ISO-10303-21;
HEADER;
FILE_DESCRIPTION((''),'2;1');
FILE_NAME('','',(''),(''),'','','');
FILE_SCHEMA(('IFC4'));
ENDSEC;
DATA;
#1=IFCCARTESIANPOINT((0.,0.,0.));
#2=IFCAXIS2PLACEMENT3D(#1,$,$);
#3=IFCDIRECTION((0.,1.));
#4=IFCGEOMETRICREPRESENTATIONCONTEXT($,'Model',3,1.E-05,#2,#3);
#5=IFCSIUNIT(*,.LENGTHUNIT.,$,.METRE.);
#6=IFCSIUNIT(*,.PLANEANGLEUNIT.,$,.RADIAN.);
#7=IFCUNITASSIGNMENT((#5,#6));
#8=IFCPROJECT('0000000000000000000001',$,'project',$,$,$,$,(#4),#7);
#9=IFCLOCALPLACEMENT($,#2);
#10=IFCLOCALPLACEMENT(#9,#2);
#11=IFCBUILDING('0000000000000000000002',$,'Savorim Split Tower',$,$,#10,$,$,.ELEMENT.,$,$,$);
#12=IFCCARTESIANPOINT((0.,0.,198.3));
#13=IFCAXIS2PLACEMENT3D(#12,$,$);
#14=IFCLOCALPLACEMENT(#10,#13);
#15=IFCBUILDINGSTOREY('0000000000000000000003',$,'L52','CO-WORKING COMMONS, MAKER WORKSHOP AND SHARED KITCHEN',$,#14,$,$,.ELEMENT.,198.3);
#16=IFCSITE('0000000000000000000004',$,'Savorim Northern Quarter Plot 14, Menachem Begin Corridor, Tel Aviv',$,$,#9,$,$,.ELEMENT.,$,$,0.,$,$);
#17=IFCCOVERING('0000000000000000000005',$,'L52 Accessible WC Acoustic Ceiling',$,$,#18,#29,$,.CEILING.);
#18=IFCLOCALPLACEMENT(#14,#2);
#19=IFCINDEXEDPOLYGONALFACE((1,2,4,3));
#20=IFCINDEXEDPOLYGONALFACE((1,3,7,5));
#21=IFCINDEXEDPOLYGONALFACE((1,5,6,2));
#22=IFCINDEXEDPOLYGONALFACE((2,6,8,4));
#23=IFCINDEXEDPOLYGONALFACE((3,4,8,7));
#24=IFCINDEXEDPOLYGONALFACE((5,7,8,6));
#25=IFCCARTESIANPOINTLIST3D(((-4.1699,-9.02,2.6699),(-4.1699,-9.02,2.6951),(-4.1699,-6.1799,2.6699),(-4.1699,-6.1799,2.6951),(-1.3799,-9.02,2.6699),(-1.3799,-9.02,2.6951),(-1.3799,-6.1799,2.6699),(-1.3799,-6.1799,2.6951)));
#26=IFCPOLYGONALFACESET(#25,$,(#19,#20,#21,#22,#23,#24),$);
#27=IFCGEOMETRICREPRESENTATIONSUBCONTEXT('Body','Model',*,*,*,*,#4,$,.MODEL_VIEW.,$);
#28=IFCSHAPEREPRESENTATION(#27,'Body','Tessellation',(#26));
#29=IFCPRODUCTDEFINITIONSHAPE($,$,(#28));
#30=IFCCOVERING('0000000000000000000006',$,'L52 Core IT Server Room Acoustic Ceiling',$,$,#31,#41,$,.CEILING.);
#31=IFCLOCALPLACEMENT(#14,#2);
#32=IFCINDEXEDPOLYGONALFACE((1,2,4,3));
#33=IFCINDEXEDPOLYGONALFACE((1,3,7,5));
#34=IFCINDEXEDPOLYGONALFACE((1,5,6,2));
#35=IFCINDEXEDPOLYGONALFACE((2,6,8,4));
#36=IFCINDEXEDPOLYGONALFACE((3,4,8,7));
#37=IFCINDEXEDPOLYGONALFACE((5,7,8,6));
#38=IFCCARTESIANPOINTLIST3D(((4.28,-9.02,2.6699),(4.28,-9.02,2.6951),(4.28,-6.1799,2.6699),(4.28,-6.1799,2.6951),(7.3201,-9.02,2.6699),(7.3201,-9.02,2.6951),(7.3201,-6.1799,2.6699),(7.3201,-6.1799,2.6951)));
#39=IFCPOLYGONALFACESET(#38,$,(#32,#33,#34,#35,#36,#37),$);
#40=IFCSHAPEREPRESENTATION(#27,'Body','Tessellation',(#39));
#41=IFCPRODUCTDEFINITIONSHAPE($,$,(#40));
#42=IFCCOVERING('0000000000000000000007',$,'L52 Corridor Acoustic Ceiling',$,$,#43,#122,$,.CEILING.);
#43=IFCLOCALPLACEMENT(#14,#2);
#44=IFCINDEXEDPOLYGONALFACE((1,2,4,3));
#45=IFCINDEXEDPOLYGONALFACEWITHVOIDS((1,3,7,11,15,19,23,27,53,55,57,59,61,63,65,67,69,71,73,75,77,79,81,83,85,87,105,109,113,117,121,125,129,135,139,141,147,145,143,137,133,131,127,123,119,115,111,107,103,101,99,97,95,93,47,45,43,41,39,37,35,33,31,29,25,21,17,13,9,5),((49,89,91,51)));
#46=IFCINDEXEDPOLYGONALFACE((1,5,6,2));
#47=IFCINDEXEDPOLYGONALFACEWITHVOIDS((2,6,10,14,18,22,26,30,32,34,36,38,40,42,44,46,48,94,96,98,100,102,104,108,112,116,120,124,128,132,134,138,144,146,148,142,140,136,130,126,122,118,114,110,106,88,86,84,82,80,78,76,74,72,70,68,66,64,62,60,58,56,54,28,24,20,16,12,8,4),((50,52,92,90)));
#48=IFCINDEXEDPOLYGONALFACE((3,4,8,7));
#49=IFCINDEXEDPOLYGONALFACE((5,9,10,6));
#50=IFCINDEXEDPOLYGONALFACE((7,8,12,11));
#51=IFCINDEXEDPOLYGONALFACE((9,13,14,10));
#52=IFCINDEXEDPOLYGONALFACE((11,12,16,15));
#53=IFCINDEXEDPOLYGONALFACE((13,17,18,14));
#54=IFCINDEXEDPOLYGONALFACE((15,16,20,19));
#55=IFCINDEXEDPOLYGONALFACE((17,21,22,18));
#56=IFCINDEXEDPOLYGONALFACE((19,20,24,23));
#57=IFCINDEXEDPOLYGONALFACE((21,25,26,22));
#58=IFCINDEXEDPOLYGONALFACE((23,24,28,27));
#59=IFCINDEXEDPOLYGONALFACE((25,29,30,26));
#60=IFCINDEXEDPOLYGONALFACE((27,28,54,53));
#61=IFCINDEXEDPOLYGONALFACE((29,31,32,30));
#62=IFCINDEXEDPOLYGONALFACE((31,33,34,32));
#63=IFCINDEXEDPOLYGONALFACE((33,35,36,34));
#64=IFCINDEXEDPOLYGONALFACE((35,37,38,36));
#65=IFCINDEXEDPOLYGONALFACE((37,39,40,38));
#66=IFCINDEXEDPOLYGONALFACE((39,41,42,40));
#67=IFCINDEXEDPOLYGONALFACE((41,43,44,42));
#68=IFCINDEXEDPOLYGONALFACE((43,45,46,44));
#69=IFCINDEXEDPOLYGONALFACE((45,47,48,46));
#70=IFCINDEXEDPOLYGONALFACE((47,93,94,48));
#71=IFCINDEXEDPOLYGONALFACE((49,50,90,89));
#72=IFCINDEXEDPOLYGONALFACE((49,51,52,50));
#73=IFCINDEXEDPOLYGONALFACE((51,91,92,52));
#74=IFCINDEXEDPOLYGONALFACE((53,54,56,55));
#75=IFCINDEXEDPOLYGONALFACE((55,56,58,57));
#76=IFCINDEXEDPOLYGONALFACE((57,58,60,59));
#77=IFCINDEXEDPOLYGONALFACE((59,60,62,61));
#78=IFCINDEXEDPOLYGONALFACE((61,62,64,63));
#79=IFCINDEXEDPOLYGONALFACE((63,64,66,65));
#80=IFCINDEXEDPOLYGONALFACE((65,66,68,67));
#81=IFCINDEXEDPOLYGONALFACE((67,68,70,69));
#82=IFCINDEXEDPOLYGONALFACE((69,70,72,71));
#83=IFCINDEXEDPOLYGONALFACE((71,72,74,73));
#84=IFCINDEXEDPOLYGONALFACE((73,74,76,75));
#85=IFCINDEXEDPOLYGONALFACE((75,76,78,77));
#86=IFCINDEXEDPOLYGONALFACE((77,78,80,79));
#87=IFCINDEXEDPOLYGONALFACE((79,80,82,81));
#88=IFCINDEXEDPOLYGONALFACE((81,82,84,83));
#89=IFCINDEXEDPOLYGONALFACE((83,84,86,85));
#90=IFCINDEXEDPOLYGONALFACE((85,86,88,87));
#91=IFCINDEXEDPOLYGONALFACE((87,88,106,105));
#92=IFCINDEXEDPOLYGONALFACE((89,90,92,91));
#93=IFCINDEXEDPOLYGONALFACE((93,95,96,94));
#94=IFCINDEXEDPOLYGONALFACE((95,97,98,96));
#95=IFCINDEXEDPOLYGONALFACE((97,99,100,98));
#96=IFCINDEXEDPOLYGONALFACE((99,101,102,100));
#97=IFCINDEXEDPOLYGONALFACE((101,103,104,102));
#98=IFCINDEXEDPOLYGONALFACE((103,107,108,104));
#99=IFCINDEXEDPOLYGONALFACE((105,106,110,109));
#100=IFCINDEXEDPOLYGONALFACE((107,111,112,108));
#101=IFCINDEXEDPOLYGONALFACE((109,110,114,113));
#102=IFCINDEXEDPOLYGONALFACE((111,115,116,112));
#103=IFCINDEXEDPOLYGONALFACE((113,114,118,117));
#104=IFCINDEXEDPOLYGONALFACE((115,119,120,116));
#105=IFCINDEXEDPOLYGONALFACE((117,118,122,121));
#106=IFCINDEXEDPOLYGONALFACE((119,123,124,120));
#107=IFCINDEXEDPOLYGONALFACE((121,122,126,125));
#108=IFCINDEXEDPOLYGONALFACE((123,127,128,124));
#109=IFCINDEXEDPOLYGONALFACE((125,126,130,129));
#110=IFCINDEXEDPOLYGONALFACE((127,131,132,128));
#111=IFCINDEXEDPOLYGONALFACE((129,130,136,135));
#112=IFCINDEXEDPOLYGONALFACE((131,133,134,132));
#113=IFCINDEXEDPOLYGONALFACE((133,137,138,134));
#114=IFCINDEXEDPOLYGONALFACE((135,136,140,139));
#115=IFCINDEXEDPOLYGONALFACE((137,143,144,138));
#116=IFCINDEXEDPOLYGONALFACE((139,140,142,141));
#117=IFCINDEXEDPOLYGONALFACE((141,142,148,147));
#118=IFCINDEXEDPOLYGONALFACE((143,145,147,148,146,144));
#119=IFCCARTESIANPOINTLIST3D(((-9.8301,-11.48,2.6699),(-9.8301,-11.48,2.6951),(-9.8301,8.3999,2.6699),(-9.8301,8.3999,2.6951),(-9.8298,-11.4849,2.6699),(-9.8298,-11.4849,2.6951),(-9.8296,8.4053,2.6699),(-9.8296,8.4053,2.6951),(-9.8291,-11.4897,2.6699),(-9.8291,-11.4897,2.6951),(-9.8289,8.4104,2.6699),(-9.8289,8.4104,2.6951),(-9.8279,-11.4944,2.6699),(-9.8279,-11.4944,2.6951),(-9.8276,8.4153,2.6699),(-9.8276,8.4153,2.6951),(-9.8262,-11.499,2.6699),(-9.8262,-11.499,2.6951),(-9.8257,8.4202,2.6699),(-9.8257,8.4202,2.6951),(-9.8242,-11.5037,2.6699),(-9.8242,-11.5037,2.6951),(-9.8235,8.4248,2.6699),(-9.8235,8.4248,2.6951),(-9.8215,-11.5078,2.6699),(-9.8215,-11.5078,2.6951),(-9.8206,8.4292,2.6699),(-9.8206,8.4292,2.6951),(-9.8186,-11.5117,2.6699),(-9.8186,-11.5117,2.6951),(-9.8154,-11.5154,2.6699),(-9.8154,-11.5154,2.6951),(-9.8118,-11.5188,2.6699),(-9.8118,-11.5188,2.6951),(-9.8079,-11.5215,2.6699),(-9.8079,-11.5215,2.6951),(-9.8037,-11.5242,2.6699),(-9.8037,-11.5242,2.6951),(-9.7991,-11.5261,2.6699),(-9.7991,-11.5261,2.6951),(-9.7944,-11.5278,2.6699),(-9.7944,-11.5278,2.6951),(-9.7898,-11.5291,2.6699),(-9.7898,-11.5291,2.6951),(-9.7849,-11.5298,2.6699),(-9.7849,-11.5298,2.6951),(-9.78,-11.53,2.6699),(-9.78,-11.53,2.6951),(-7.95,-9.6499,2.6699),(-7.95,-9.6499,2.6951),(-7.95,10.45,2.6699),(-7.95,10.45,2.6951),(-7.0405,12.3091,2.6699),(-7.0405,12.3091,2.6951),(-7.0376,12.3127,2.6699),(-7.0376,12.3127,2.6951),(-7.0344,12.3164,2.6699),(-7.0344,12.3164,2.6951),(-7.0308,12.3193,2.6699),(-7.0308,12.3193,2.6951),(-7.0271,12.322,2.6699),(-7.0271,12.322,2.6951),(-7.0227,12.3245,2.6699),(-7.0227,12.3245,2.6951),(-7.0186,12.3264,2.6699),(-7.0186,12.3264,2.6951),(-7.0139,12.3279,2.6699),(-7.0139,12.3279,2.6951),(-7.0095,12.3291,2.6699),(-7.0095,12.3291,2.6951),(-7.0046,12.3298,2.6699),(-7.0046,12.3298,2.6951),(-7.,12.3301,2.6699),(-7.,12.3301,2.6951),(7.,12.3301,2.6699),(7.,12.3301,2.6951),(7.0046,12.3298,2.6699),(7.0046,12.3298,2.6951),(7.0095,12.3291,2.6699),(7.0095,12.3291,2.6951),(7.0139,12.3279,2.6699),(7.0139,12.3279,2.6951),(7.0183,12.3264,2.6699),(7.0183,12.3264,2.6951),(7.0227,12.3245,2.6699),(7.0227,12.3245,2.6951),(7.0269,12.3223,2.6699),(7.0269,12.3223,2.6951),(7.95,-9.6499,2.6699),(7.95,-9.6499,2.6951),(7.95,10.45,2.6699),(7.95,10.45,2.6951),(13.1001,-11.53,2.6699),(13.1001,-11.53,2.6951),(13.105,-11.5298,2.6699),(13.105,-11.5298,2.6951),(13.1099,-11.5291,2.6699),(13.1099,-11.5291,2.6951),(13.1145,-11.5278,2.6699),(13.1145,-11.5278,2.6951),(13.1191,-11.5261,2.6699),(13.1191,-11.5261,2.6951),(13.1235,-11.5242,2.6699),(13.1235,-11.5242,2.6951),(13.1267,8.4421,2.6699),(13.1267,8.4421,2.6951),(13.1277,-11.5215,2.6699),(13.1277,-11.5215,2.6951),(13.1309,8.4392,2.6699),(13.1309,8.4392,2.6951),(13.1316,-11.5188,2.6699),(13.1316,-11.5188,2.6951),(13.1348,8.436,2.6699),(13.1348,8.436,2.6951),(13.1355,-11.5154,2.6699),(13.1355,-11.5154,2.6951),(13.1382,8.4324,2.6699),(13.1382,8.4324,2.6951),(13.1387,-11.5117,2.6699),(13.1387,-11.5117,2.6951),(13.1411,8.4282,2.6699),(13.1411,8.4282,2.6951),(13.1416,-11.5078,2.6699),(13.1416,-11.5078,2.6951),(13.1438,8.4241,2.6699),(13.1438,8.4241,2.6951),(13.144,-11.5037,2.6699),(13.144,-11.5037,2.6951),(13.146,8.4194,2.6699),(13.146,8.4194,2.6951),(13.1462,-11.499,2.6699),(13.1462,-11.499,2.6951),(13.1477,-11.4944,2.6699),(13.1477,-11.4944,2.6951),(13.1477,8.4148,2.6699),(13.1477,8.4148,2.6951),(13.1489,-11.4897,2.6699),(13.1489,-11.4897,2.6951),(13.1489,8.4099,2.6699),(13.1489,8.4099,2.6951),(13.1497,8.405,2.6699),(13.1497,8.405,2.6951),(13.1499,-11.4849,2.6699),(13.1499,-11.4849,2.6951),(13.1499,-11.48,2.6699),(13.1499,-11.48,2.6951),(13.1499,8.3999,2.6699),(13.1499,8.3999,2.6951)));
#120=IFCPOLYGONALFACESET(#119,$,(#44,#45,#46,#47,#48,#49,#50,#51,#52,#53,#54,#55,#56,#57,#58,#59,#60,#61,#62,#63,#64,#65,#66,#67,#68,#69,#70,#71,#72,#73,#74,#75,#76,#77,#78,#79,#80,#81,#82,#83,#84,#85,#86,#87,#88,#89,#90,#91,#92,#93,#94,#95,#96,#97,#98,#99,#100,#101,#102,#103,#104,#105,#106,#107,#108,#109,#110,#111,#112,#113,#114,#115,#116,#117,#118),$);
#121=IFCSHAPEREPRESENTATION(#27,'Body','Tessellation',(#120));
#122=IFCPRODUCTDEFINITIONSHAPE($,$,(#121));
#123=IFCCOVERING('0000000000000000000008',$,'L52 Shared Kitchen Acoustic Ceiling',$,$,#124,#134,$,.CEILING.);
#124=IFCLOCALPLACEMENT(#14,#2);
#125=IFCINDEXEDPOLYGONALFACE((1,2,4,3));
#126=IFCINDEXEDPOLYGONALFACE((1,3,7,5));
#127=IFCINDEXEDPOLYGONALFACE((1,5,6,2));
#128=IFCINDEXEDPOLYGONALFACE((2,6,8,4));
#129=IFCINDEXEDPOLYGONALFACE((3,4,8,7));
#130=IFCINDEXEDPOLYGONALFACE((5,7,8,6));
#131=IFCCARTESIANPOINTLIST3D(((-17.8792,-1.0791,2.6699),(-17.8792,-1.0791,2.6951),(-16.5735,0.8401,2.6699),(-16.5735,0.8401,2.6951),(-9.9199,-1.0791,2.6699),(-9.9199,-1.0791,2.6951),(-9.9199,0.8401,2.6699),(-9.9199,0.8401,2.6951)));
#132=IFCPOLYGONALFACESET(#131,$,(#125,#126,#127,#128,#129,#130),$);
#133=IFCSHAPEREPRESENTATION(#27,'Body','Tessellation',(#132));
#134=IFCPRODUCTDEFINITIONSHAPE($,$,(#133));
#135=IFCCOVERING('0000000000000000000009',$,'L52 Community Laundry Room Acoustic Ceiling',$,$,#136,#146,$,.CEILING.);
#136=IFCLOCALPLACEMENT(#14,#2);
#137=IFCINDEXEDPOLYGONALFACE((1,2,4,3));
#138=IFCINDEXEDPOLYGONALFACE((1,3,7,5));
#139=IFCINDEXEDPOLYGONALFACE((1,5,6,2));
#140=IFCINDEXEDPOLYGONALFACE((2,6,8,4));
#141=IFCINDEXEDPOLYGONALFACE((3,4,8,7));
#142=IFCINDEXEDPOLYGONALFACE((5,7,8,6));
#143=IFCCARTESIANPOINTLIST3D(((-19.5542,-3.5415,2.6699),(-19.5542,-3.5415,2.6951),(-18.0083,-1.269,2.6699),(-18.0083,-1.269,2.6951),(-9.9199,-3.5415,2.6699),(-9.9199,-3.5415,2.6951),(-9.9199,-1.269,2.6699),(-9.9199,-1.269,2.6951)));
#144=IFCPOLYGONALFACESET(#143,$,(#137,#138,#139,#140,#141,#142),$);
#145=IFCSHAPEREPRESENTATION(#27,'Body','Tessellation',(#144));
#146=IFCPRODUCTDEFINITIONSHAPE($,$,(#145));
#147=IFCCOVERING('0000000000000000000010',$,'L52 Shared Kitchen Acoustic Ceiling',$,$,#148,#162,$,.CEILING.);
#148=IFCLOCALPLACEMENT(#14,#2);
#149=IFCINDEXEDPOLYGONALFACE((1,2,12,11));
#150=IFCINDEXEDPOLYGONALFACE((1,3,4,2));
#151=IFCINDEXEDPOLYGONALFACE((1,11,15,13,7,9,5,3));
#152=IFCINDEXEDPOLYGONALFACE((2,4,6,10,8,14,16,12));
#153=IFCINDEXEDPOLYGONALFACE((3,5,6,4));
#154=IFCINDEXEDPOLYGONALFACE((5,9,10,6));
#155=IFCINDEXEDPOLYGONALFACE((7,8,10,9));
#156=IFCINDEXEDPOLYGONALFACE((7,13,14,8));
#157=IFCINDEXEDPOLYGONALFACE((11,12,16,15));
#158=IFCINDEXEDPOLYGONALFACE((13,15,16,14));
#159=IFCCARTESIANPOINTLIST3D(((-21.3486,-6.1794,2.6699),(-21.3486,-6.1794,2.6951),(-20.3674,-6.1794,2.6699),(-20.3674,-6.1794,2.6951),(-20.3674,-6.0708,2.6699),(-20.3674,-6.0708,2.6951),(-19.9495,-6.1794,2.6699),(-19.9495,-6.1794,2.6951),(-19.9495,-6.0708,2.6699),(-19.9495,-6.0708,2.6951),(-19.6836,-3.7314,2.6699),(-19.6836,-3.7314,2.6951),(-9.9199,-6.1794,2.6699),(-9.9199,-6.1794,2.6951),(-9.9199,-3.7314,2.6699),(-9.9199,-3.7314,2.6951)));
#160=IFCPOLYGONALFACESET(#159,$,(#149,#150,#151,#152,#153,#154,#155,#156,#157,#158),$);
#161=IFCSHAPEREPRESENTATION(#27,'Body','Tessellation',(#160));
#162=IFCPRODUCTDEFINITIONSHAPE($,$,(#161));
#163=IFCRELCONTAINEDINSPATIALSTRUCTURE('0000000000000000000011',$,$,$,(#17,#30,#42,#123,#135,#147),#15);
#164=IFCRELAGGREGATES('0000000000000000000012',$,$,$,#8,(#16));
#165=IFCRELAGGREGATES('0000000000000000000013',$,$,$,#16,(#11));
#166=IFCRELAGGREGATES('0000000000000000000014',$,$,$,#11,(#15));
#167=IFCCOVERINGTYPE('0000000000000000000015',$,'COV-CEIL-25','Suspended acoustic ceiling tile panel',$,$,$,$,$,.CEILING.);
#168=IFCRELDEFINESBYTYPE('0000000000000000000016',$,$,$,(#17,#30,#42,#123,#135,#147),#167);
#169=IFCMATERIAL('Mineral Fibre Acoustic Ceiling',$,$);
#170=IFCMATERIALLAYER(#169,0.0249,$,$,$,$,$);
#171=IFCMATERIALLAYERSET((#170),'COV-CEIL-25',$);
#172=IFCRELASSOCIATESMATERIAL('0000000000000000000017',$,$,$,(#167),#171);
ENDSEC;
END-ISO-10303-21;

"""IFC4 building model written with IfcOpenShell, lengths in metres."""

from ifc_helpers import new_model, si_unit, direction, frame, origin, place, context, subcontext, project, spatial, polyline, outline, extrude, material, layer, layer_set, type_object, element, save


model = new_model("IFC4")

# Units and contexts
model_context = context("Model", 3, precision=1e-05, world=origin(), true_north=direction((0.0, 1.0)))
body_context = subcontext(model_context, "Body", "Model", "MODEL_VIEW")
ifc_project = project(units=[si_unit("LENGTHUNIT", "METRE"), si_unit("PLANEANGLEUNIT", "RADIAN")], contexts=[model_context])

# Site, building, storey
site_placement = place(None, origin())
site = spatial("IfcSite", under=ifc_project, at=site_placement, Name="Savorim Northern Quarter Plot 14, Menachem Begin Corridor, Tel Aviv", CompositionType="ELEMENT", RefElevation=0.0)
building_placement = place(site_placement, origin())
building = spatial("IfcBuilding", under=site, at=building_placement, Name="Savorim Split Tower", CompositionType="ELEMENT")
storey_placement = place(building_placement, frame((0.0, 0.0, 198.3)))
storey = spatial("IfcBuildingStorey", under=building, at=storey_placement, Name="L52", Description="CO-WORKING COMMONS, MAKER WORKSHOP AND SHARED KITCHEN", CompositionType="ELEMENT", Elevation=198.3)

# Coverings
ifc_material_1 = material(Name="Mineral Fibre Acoustic Ceiling")
ifc_layer_1 = layer(ifc_material_1, 0.0249)
ifc_layer_set_1 = layer_set([ifc_layer_1], Name="COV-CEIL-25")
covering_type_1 = type_object("IfcCoveringType", Name="COV-CEIL-25", Description="Suspended acoustic ceiling tile panel", PredefinedType="CEILING", material=ifc_layer_set_1)
covering_1_placement = place(storey_placement, frame((0.0, 0.0, 2.6699)))
element("IfcCovering", 1, at=covering_1_placement, inside=storey, type_object=covering_type_1, Name="L52 Accessible WC Acoustic Ceiling", PredefinedType="CEILING", context=body_context, shape_type="SweptSolid", body=[
    extrude(outline(polyline([(-4.1699, -6.1799), (-4.1699, -9.02), (-1.3799, -9.02), (-1.3799, -6.1799), (-4.1699, -6.1799)])), origin(), (0.0, 0.0, 1.0), 0.0251),
])
covering_2_placement = place(storey_placement, frame((0.0, 0.0, 2.6699)))
element("IfcCovering", 2, at=covering_2_placement, inside=storey, type_object=covering_type_1, Name="L52 Core IT Server Room Acoustic Ceiling", PredefinedType="CEILING", context=body_context, shape_type="SweptSolid", body=[
    extrude(outline(polyline([(4.28, -6.1799), (4.28, -9.02), (7.3201, -9.02), (7.3201, -6.1799), (4.28, -6.1799)])), origin(), (0.0, 0.0, 1.0), 0.0251),
])
covering_3_placement = place(storey_placement, frame((0.0, 0.0, 2.6699)))
element("IfcCovering", 3, at=covering_3_placement, inside=storey, type_object=covering_type_1, Name="L52 Corridor Acoustic Ceiling", PredefinedType="CEILING", context=body_context, shape_type="SweptSolid", body=[
    extrude(outline(polyline([(7.0095, 12.3291), (7.0046, 12.3298), (7.0, 12.3301), (-7.0, 12.3301), (-7.0046, 12.3298), (-7.0095, 12.3291), (-7.0139, 12.3279), (-7.0186, 12.3264), (-7.0227, 12.3245), (-7.0271, 12.322), (-7.0308, 12.3193), (-7.0344, 12.3164), (-7.0376, 12.3127), (-7.0405, 12.3091), (-9.8206, 8.4292), (-9.8235, 8.4248), (-9.8257, 8.4202), (-9.8276, 8.4153), (-9.8289, 8.4104), (-9.8296, 8.4053), (-9.8301, 8.3999), (-9.8301, -11.48), (-9.8298, -11.4849), (-9.8291, -11.4897), (-9.8279, -11.4944), (-9.8262, -11.499), (-9.8242, -11.5037), (-9.8215, -11.5078), (-9.8186, -11.5117), (-9.8154, -11.5154), (-9.8118, -11.5188), (-9.8079, -11.5215), (-9.8037, -11.5242), (-9.7991, -11.5261), (-9.7944, -11.5278), (-9.7898, -11.5291), (-9.7849, -11.5298), (-9.78, -11.53), (13.1001, -11.53), (13.105, -11.5298), (13.1099, -11.5291), (13.1145, -11.5278), (13.1191, -11.5261), (13.1235, -11.5242), (13.1277, -11.5215), (13.1316, -11.5188), (13.1355, -11.5154), (13.1387, -11.5117), (13.1416, -11.5078), (13.144, -11.5037), (13.1462, -11.499), (13.1477, -11.4944), (13.1489, -11.4897), (13.1499, -11.4849), (13.1499, -11.48), (13.1499, 8.3999), (13.1497, 8.405), (13.1489, 8.4099), (13.1477, 8.4148), (13.146, 8.4194), (13.1438, 8.4241), (13.1411, 8.4282), (13.1382, 8.4324), (13.1348, 8.436), (13.1309, 8.4392), (13.1267, 8.4421), (7.0269, 12.3223), (7.0227, 12.3245), (7.0183, 12.3264), (7.0139, 12.3279), (7.0095, 12.3291)]), holes=[polyline([(-7.95, 10.45), (-7.95, -9.6499), (7.95, -9.6499), (7.95, 10.45), (-7.95, 10.45)])]), origin(), (0.0, 0.0, 1.0), 0.0251),
])
covering_4_placement = place(storey_placement, frame((0.0, 0.0, 2.6699)))
element("IfcCovering", 4, at=covering_4_placement, inside=storey, type_object=covering_type_1, Name="L52 Shared Kitchen Acoustic Ceiling", PredefinedType="CEILING", context=body_context, shape_type="SweptSolid", body=[
    extrude(outline(polyline([(-16.5735, 0.8401), (-17.8792, -1.0791), (-9.9199, -1.0791), (-9.9199, 0.8401), (-16.5735, 0.8401)])), origin(), (0.0, 0.0, 1.0), 0.0251),
])
covering_5_placement = place(storey_placement, frame((0.0, 0.0, 2.6699)))
element("IfcCovering", 5, at=covering_5_placement, inside=storey, type_object=covering_type_1, Name="L52 Community Laundry Room Acoustic Ceiling", PredefinedType="CEILING", context=body_context, shape_type="SweptSolid", body=[
    extrude(outline(polyline([(-18.0083, -1.269), (-19.5542, -3.5415), (-9.9199, -3.5415), (-9.9199, -1.269), (-18.0083, -1.269)])), origin(), (0.0, 0.0, 1.0), 0.0251),
])
covering_6_placement = place(storey_placement, frame((0.0, 0.0, 2.6699)))
element("IfcCovering", 6, at=covering_6_placement, inside=storey, type_object=covering_type_1, Name="L52 Shared Kitchen Acoustic Ceiling", PredefinedType="CEILING", context=body_context, shape_type="SweptSolid", body=[
    extrude(outline(polyline([(-19.9495, -6.0708), (-19.9495, -6.1794), (-9.9199, -6.1794), (-9.9199, -3.7314), (-19.6836, -3.7314), (-21.3486, -6.1794), (-20.3674, -6.1794), (-20.3674, -6.0708), (-19.9495, -6.0708)])), origin(), (0.0, 0.0, 1.0), 0.0251),
])

save(model, "model.ifc")
